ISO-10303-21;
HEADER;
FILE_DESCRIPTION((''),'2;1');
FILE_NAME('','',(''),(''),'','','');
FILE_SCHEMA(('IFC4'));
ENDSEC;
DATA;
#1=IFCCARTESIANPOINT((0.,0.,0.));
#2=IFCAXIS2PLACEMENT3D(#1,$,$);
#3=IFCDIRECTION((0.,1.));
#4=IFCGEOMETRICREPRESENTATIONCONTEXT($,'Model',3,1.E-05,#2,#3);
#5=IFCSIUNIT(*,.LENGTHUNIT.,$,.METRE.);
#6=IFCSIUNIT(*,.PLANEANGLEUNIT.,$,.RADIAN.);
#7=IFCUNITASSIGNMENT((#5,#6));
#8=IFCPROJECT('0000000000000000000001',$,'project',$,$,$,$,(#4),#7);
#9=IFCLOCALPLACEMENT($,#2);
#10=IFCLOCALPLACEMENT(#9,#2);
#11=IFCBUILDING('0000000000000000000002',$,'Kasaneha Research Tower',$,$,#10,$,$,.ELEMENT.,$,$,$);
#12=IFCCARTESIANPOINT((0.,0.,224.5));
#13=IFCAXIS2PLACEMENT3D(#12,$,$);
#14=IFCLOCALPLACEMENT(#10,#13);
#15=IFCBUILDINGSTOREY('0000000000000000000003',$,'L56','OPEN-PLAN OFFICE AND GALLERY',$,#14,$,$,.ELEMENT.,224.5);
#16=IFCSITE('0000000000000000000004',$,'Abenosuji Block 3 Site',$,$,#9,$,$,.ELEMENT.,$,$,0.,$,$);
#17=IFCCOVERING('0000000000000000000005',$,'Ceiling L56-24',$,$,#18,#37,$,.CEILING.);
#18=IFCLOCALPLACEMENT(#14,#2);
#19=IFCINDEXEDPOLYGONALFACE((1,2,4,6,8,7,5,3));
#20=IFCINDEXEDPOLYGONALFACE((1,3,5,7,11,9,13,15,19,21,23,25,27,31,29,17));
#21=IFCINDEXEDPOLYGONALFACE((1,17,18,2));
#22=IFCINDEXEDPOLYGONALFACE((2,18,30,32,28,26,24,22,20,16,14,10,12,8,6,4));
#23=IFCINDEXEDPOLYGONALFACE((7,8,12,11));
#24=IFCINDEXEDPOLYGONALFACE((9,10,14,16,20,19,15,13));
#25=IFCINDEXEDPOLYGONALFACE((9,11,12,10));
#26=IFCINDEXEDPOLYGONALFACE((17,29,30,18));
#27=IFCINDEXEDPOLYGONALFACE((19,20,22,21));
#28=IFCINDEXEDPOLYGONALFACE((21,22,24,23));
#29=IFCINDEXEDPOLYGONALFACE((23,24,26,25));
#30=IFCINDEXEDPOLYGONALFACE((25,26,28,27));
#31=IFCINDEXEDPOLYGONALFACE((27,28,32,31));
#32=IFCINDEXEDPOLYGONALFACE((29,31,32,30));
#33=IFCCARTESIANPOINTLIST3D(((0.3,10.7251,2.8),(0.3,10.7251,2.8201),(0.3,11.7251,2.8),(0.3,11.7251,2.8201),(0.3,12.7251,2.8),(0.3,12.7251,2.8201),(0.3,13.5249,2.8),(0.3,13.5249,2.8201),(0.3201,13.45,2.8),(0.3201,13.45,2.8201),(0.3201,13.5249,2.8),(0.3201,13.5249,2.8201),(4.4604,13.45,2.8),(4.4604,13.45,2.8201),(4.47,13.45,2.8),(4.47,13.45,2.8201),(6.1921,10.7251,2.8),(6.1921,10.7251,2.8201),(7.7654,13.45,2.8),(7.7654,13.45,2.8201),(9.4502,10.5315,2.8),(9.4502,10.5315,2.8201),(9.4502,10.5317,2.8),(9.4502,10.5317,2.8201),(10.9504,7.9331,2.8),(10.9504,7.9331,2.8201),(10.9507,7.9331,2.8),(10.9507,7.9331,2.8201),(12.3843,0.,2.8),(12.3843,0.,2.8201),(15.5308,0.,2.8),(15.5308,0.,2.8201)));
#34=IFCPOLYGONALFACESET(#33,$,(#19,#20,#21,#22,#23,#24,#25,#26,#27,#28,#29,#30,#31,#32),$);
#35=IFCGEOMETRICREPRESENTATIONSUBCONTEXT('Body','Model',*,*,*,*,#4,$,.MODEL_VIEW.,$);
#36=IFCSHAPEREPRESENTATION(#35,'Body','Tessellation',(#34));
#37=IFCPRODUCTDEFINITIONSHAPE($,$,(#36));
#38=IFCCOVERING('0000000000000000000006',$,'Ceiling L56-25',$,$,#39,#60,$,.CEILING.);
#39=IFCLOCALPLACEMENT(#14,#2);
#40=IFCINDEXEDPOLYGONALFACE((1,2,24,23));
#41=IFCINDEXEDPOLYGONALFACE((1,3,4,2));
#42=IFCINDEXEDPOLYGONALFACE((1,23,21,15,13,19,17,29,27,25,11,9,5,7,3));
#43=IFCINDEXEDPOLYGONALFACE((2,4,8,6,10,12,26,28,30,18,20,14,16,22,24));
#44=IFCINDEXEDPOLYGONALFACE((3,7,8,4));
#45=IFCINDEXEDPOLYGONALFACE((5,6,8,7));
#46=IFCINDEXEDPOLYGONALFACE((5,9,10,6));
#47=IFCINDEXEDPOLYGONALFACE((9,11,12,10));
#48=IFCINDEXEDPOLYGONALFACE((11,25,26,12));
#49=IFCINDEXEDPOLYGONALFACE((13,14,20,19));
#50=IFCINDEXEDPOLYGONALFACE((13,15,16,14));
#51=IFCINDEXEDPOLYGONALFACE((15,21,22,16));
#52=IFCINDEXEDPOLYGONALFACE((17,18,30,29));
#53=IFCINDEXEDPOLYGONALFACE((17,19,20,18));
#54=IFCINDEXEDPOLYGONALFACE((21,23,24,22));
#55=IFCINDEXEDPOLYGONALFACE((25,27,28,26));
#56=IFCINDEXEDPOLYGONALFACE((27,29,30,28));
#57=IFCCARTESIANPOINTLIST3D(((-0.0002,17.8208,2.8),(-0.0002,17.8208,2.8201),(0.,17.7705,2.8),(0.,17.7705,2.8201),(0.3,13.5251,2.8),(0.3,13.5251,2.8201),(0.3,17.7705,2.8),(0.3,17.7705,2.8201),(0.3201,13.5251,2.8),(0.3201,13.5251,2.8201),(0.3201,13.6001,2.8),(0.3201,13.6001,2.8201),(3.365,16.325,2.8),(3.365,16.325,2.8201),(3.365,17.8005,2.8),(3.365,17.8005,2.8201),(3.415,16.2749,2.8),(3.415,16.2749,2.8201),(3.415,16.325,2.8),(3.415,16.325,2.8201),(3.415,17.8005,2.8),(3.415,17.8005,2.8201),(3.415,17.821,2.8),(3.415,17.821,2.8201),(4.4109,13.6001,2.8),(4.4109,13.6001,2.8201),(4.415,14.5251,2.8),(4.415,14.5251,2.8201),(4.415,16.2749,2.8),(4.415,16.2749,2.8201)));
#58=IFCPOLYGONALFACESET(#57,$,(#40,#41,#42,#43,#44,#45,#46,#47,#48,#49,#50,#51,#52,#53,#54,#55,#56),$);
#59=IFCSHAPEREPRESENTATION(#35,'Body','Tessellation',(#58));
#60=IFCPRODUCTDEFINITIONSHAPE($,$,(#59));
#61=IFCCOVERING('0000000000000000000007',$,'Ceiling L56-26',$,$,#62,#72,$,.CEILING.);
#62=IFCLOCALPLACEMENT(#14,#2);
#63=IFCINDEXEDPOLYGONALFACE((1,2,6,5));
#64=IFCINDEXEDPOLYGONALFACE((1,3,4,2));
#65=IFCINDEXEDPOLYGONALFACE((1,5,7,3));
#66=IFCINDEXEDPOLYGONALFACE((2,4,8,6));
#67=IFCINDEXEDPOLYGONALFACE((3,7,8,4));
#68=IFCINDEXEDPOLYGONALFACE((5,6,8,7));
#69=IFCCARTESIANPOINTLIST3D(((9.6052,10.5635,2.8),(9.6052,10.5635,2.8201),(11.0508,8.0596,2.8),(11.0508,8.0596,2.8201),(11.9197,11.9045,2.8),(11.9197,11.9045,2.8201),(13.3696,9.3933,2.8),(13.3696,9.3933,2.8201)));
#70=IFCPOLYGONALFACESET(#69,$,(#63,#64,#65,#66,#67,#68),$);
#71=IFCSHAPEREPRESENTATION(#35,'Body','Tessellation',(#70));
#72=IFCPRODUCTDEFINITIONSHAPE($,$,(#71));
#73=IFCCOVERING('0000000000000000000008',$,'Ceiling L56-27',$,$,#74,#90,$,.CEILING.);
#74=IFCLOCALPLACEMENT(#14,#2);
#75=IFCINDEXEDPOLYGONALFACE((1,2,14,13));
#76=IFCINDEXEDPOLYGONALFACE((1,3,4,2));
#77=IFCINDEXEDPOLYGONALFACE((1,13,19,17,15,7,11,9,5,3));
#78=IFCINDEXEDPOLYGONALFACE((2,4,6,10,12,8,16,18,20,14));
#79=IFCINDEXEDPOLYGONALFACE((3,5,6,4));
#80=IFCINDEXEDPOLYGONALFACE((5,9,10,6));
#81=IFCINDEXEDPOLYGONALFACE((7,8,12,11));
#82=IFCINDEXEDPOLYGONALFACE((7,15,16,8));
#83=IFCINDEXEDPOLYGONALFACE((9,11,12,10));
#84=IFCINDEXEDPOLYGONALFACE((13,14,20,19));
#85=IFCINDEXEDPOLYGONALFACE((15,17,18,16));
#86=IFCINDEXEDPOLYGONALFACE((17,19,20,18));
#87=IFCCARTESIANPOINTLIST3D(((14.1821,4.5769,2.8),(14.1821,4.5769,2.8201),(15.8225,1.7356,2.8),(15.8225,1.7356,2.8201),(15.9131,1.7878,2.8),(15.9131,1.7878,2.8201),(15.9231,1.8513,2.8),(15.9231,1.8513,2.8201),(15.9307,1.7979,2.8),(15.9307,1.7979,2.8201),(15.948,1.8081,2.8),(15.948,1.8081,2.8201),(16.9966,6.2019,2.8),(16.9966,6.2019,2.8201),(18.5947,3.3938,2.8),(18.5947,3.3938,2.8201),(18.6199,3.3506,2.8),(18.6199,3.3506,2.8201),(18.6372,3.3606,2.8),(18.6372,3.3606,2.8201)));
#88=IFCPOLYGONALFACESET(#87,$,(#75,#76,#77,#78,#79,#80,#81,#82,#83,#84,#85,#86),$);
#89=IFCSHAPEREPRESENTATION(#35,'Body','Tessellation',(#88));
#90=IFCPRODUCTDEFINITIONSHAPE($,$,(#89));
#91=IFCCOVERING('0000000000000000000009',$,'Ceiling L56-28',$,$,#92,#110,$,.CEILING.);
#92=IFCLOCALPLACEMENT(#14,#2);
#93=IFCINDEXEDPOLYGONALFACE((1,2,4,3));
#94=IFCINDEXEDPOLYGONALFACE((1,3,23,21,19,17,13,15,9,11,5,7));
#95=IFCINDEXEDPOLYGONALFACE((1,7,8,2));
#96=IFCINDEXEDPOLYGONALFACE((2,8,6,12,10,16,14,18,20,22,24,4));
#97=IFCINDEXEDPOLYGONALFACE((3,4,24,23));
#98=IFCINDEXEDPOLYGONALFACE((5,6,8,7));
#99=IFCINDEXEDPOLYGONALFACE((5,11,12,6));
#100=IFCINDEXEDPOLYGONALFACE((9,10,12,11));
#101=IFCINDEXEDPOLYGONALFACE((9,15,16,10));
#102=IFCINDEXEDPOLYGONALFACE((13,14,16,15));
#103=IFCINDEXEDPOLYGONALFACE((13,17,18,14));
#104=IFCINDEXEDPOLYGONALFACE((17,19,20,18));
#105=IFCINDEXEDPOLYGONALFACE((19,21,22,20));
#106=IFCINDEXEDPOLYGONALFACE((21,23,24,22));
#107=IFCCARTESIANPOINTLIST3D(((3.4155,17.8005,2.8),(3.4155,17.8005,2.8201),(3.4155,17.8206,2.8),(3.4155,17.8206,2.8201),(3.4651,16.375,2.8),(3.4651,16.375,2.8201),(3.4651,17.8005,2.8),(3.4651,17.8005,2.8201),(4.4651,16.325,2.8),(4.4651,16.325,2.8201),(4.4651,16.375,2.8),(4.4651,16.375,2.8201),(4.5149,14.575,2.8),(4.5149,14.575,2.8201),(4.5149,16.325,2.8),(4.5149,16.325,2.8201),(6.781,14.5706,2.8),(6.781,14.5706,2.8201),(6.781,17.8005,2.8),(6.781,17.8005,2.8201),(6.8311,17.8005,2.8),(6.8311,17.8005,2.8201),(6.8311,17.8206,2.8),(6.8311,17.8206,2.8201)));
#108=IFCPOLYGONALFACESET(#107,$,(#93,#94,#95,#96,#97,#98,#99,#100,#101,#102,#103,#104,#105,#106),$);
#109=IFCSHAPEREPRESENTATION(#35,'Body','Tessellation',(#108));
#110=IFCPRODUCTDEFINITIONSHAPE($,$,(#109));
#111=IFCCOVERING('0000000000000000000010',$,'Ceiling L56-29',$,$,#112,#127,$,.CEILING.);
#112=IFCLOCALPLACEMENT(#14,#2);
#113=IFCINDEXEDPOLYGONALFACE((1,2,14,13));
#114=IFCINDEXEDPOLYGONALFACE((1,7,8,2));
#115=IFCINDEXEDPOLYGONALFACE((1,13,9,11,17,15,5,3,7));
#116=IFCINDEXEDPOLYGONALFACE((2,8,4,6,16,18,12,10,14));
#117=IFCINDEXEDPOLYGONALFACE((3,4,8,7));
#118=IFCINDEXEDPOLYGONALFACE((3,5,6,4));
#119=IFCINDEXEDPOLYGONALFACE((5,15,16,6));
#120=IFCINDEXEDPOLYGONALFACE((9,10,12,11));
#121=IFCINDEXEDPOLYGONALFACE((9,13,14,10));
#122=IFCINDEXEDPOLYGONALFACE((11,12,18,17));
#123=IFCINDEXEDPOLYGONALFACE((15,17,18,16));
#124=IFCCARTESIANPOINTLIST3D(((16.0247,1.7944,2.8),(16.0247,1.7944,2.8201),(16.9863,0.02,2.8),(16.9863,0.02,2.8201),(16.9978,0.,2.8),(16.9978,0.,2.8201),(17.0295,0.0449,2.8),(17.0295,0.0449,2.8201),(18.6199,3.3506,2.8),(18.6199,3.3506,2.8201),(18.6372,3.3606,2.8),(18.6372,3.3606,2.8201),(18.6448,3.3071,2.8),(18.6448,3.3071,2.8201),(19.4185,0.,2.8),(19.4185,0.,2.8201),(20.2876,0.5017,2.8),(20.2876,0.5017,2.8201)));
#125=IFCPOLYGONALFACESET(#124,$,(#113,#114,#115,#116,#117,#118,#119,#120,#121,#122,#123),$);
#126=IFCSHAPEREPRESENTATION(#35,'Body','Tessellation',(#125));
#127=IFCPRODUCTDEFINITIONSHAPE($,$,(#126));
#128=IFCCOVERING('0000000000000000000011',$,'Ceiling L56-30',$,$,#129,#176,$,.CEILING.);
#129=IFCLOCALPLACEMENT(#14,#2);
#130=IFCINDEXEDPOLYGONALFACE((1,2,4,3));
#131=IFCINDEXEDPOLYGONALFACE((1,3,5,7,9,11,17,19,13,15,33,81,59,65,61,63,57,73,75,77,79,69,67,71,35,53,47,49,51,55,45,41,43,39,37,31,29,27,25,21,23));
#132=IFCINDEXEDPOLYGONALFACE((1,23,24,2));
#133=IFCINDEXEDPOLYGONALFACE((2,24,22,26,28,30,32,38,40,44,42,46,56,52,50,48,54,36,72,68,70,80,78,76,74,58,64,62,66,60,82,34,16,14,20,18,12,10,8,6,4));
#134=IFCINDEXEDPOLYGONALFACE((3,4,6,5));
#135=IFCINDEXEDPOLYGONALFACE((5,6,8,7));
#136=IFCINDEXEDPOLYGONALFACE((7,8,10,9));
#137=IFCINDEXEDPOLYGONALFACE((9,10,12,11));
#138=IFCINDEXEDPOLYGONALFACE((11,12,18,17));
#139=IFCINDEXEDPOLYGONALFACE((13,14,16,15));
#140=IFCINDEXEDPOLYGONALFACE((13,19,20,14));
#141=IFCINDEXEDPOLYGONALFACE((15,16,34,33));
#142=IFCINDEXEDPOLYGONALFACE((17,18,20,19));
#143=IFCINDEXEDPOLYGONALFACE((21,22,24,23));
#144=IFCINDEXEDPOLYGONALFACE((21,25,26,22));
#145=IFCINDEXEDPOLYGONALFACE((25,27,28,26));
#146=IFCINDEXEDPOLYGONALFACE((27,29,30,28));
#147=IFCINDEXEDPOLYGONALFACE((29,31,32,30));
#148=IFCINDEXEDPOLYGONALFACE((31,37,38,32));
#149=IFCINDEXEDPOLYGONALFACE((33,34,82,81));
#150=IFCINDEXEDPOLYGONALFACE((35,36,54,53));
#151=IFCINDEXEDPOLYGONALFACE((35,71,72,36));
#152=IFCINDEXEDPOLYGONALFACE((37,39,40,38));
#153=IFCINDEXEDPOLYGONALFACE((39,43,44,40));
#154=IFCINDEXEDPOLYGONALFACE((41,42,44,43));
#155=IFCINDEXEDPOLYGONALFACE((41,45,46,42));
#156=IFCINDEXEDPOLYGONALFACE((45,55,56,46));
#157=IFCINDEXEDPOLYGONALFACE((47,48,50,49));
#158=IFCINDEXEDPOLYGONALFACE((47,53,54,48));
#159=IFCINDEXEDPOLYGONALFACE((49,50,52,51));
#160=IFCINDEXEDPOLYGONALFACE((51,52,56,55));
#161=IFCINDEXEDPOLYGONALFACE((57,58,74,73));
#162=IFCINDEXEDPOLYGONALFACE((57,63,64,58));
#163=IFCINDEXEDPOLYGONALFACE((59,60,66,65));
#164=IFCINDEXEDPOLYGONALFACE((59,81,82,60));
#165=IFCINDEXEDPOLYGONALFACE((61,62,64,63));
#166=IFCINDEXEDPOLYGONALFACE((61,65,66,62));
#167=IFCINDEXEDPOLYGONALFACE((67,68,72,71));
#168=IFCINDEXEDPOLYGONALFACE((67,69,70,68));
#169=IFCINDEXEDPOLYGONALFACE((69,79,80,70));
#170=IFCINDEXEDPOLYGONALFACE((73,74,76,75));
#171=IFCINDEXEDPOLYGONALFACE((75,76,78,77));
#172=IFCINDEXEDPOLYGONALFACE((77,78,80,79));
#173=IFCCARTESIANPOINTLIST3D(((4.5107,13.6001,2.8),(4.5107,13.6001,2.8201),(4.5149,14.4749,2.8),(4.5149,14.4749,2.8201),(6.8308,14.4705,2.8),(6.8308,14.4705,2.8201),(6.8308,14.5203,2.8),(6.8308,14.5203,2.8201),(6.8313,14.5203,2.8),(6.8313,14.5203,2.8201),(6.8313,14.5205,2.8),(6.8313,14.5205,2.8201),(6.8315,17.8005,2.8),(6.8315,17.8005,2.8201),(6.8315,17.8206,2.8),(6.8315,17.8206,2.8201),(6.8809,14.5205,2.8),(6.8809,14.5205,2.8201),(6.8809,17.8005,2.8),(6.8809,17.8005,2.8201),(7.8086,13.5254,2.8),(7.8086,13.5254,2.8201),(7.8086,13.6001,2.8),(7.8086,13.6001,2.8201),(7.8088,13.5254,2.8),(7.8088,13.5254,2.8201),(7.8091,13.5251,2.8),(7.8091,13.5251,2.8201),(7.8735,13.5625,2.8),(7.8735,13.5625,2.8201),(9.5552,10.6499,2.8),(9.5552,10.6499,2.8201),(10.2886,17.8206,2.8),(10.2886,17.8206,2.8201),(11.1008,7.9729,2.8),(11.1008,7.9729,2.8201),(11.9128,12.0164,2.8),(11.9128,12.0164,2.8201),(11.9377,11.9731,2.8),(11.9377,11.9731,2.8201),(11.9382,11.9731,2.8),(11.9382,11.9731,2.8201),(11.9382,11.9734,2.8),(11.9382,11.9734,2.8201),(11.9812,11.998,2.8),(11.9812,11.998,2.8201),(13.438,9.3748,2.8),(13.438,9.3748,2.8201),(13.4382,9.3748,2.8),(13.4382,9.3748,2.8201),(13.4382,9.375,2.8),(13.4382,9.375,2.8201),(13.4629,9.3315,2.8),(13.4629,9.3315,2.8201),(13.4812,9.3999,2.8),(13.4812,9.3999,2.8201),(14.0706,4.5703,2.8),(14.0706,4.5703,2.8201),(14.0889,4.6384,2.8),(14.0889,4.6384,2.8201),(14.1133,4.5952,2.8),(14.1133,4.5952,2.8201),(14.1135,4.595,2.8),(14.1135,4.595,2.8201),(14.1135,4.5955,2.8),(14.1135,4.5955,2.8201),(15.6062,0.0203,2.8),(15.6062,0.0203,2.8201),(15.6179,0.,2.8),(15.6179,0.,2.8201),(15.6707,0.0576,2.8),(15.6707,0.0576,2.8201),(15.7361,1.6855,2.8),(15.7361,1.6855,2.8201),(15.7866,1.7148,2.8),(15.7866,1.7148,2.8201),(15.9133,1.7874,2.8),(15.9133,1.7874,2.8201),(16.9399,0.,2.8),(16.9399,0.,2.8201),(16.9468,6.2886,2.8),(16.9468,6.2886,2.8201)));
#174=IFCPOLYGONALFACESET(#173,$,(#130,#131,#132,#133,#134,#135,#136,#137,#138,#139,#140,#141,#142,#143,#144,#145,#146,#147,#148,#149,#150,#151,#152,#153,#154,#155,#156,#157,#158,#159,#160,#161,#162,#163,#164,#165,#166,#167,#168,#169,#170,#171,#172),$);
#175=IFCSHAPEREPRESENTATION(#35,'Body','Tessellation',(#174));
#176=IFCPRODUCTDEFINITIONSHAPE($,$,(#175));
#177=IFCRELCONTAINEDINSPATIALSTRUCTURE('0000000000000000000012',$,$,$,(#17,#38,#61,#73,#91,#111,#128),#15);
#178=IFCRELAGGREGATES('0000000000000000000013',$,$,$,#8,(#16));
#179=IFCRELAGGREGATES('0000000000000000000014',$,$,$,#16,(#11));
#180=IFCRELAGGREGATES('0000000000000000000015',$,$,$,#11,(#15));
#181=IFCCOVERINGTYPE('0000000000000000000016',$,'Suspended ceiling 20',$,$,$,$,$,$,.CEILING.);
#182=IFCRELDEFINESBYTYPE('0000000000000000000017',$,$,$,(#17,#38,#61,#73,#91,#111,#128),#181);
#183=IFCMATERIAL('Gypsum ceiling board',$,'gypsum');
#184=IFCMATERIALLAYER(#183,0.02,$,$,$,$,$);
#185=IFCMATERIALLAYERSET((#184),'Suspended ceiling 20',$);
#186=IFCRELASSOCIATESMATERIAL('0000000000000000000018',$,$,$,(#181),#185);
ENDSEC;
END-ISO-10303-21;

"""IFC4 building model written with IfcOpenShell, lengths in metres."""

from ifc_helpers import new_model, si_unit, direction, frame, origin, place, context, subcontext, project, spatial, polyline, outline, extrude, material, layer, layer_set, type_object, element, save


model = new_model("IFC4")

# Units and contexts
model_context = context("Model", 3, precision=1e-05, world=origin(), true_north=direction((0.0, 1.0)))
body_context = subcontext(model_context, "Body", "Model", "MODEL_VIEW")
ifc_project = project(units=[si_unit("LENGTHUNIT", "METRE"), si_unit("PLANEANGLEUNIT", "RADIAN")], contexts=[model_context])

# Site, building, storey
site_placement = place(None, origin())
site = spatial("IfcSite", under=ifc_project, at=site_placement, Name="Abenosuji Block 3 Site", CompositionType="ELEMENT", RefElevation=0.0)
building_placement = place(site_placement, origin())
building = spatial("IfcBuilding", under=site, at=building_placement, Name="Kasaneha Research Tower", CompositionType="ELEMENT")
storey_placement = place(building_placement, frame((0.0, 0.0, 224.5)))
storey = spatial("IfcBuildingStorey", under=building, at=storey_placement, Name="L56", Description="OPEN-PLAN OFFICE AND GALLERY", CompositionType="ELEMENT", Elevation=224.5)

# Coverings
ifc_material_1 = material(Name="Gypsum ceiling board", Category="gypsum")
ifc_layer_1 = layer(ifc_material_1, 0.02)
ifc_layer_set_1 = layer_set([ifc_layer_1], Name="Suspended ceiling 20")
covering_type_1 = type_object("IfcCoveringType", Name="Suspended ceiling 20", PredefinedType="CEILING", material=ifc_layer_set_1)
covering_1_placement = place(storey_placement, frame((0.0, 0.0, 2.8)))
element("IfcCovering", 1, at=covering_1_placement, inside=storey, type_object=covering_type_1, Name="Ceiling L56-24", PredefinedType="CEILING", context=body_context, shape_type="SweptSolid", body=[
    extrude(outline(polyline([(6.1921, 10.7251), (0.3, 10.7251), (0.3, 11.7251), (0.3, 12.7251), (0.3, 13.5249), (0.3201, 13.5249), (0.3201, 13.45), (4.4604, 13.45), (4.47, 13.45), (7.7654, 13.45), (9.4502, 10.5315), (9.4502, 10.5317), (10.9504, 7.9331), (10.9507, 7.9331), (15.5308, 0.0), (12.3843, 0.0), (6.1921, 10.7251)])), origin(), (0.0, 0.0, 1.0), 0.02),
])
covering_2_placement = place(storey_placement, frame((0.0, 0.0, 2.8)))
element("IfcCovering", 2, at=covering_2_placement, inside=storey, type_object=covering_type_1, Name="Ceiling L56-25", PredefinedType="CEILING", context=body_context, shape_type="SweptSolid", body=[
    extrude(outline(polyline([(0.3, 13.5251), (0.3, 17.7705), (0.0, 17.7705), (-0.0002, 17.8208), (3.415, 17.821), (3.415, 17.8005), (3.365, 17.8005), (3.365, 16.325), (3.415, 16.325), (3.415, 16.325), (3.415, 16.325), (3.415, 16.2749), (4.415, 16.2749), (4.415, 14.5251), (4.4109, 13.6001), (0.3201, 13.6001), (0.3201, 13.5251), (0.3, 13.5251)])), origin(), (0.0, 0.0, 1.0), 0.02),
])
covering_3_placement = place(storey_placement, frame((0.0, 0.0, 2.8)))
element("IfcCovering", 3, at=covering_3_placement, inside=storey, type_object=covering_type_1, Name="Ceiling L56-26", PredefinedType="CEILING", context=body_context, shape_type="SweptSolid", body=[
    extrude(outline(polyline([(9.6052, 10.5635), (11.9197, 11.9045), (13.3696, 9.3933), (11.0508, 8.0596), (9.6052, 10.5635)])), origin(), (0.0, 0.0, 1.0), 0.02),
])
covering_4_placement = place(storey_placement, frame((0.0, 0.0, 2.8)))
element("IfcCovering", 4, at=covering_4_placement, inside=storey, type_object=covering_type_1, Name="Ceiling L56-27", PredefinedType="CEILING", context=body_context, shape_type="SweptSolid", body=[
    extrude(outline(polyline([(18.6372, 3.3606), (18.6199, 3.3506), (18.5947, 3.3938), (15.9231, 1.8513), (15.948, 1.8081), (15.9307, 1.7979), (15.9131, 1.7878), (15.9131, 1.7878), (15.8225, 1.7356), (14.1821, 4.5769), (16.9966, 6.2019), (18.6372, 3.3606)])), origin(), (0.0, 0.0, 1.0), 0.02),
])
covering_5_placement = place(storey_placement, frame((0.0, 0.0, 2.8)))
element("IfcCovering", 5, at=covering_5_placement, inside=storey, type_object=covering_type_1, Name="Ceiling L56-28", PredefinedType="CEILING", context=body_context, shape_type="SweptSolid", body=[
    extrude(outline(polyline([(3.4155, 17.8206), (6.8311, 17.8206), (6.8311, 17.8005), (6.781, 17.8005), (6.781, 14.5706), (4.5149, 14.575), (4.5149, 16.325), (4.4651, 16.325), (4.4651, 16.375), (3.4651, 16.375), (3.4651, 17.8005), (3.4155, 17.8005), (3.4155, 17.8206)])), origin(), (0.0, 0.0, 1.0), 0.02),
])
covering_6_placement = place(storey_placement, frame((0.0, 0.0, 2.8)))
element("IfcCovering", 6, at=covering_6_placement, inside=storey, type_object=covering_type_1, Name="Ceiling L56-29", PredefinedType="CEILING", context=body_context, shape_type="SweptSolid", body=[
    extrude(outline(polyline([(16.9978, 0.0), (16.9863, 0.02), (17.0295, 0.0449), (16.0247, 1.7944), (18.6448, 3.3071), (18.6199, 3.3506), (18.6372, 3.3606), (20.2876, 0.5017), (19.4185, 0.0), (16.9978, 0.0)])), origin(), (0.0, 0.0, 1.0), 0.02),
])
covering_7_placement = place(storey_placement, frame((0.0, 0.0, 2.8)))
element("IfcCovering", 7, at=covering_7_placement, inside=storey, type_object=covering_type_1, Name="Ceiling L56-30", PredefinedType="CEILING", context=body_context, shape_type="SweptSolid", body=[
    extrude(outline(polyline([(13.4382, 9.3748), (13.4382, 9.375), (13.4812, 9.3999), (11.9812, 11.998), (11.9382, 11.9731), (11.9382, 11.9734), (11.9377, 11.9731), (11.9128, 12.0164), (9.5552, 10.6499), (7.8735, 13.5625), (7.8091, 13.5251), (7.8088, 13.5254), (7.8086, 13.5254), (7.8086, 13.6001), (4.5107, 13.6001), (4.5149, 14.4749), (6.8308, 14.4705), (6.8308, 14.5203), (6.8313, 14.5203), (6.8313, 14.5205), (6.8809, 14.5205), (6.8809, 17.8005), (6.8315, 17.8005), (6.8315, 17.8206), (10.2886, 17.8206), (16.9468, 6.2886), (14.0889, 4.6384), (14.1135, 4.5955), (14.1133, 4.5952), (14.1135, 4.595), (14.0706, 4.5703), (15.7361, 1.6855), (15.7866, 1.7148), (15.9133, 1.7874), (16.9399, 0.0), (15.6179, 0.0), (15.6062, 0.0203), (15.6707, 0.0576), (11.1008, 7.9729), (13.4629, 9.3315), (13.438, 9.3748), (13.4382, 9.3748)])), origin(), (0.0, 0.0, 1.0), 0.02),
])

save(model, "model.ifc")
